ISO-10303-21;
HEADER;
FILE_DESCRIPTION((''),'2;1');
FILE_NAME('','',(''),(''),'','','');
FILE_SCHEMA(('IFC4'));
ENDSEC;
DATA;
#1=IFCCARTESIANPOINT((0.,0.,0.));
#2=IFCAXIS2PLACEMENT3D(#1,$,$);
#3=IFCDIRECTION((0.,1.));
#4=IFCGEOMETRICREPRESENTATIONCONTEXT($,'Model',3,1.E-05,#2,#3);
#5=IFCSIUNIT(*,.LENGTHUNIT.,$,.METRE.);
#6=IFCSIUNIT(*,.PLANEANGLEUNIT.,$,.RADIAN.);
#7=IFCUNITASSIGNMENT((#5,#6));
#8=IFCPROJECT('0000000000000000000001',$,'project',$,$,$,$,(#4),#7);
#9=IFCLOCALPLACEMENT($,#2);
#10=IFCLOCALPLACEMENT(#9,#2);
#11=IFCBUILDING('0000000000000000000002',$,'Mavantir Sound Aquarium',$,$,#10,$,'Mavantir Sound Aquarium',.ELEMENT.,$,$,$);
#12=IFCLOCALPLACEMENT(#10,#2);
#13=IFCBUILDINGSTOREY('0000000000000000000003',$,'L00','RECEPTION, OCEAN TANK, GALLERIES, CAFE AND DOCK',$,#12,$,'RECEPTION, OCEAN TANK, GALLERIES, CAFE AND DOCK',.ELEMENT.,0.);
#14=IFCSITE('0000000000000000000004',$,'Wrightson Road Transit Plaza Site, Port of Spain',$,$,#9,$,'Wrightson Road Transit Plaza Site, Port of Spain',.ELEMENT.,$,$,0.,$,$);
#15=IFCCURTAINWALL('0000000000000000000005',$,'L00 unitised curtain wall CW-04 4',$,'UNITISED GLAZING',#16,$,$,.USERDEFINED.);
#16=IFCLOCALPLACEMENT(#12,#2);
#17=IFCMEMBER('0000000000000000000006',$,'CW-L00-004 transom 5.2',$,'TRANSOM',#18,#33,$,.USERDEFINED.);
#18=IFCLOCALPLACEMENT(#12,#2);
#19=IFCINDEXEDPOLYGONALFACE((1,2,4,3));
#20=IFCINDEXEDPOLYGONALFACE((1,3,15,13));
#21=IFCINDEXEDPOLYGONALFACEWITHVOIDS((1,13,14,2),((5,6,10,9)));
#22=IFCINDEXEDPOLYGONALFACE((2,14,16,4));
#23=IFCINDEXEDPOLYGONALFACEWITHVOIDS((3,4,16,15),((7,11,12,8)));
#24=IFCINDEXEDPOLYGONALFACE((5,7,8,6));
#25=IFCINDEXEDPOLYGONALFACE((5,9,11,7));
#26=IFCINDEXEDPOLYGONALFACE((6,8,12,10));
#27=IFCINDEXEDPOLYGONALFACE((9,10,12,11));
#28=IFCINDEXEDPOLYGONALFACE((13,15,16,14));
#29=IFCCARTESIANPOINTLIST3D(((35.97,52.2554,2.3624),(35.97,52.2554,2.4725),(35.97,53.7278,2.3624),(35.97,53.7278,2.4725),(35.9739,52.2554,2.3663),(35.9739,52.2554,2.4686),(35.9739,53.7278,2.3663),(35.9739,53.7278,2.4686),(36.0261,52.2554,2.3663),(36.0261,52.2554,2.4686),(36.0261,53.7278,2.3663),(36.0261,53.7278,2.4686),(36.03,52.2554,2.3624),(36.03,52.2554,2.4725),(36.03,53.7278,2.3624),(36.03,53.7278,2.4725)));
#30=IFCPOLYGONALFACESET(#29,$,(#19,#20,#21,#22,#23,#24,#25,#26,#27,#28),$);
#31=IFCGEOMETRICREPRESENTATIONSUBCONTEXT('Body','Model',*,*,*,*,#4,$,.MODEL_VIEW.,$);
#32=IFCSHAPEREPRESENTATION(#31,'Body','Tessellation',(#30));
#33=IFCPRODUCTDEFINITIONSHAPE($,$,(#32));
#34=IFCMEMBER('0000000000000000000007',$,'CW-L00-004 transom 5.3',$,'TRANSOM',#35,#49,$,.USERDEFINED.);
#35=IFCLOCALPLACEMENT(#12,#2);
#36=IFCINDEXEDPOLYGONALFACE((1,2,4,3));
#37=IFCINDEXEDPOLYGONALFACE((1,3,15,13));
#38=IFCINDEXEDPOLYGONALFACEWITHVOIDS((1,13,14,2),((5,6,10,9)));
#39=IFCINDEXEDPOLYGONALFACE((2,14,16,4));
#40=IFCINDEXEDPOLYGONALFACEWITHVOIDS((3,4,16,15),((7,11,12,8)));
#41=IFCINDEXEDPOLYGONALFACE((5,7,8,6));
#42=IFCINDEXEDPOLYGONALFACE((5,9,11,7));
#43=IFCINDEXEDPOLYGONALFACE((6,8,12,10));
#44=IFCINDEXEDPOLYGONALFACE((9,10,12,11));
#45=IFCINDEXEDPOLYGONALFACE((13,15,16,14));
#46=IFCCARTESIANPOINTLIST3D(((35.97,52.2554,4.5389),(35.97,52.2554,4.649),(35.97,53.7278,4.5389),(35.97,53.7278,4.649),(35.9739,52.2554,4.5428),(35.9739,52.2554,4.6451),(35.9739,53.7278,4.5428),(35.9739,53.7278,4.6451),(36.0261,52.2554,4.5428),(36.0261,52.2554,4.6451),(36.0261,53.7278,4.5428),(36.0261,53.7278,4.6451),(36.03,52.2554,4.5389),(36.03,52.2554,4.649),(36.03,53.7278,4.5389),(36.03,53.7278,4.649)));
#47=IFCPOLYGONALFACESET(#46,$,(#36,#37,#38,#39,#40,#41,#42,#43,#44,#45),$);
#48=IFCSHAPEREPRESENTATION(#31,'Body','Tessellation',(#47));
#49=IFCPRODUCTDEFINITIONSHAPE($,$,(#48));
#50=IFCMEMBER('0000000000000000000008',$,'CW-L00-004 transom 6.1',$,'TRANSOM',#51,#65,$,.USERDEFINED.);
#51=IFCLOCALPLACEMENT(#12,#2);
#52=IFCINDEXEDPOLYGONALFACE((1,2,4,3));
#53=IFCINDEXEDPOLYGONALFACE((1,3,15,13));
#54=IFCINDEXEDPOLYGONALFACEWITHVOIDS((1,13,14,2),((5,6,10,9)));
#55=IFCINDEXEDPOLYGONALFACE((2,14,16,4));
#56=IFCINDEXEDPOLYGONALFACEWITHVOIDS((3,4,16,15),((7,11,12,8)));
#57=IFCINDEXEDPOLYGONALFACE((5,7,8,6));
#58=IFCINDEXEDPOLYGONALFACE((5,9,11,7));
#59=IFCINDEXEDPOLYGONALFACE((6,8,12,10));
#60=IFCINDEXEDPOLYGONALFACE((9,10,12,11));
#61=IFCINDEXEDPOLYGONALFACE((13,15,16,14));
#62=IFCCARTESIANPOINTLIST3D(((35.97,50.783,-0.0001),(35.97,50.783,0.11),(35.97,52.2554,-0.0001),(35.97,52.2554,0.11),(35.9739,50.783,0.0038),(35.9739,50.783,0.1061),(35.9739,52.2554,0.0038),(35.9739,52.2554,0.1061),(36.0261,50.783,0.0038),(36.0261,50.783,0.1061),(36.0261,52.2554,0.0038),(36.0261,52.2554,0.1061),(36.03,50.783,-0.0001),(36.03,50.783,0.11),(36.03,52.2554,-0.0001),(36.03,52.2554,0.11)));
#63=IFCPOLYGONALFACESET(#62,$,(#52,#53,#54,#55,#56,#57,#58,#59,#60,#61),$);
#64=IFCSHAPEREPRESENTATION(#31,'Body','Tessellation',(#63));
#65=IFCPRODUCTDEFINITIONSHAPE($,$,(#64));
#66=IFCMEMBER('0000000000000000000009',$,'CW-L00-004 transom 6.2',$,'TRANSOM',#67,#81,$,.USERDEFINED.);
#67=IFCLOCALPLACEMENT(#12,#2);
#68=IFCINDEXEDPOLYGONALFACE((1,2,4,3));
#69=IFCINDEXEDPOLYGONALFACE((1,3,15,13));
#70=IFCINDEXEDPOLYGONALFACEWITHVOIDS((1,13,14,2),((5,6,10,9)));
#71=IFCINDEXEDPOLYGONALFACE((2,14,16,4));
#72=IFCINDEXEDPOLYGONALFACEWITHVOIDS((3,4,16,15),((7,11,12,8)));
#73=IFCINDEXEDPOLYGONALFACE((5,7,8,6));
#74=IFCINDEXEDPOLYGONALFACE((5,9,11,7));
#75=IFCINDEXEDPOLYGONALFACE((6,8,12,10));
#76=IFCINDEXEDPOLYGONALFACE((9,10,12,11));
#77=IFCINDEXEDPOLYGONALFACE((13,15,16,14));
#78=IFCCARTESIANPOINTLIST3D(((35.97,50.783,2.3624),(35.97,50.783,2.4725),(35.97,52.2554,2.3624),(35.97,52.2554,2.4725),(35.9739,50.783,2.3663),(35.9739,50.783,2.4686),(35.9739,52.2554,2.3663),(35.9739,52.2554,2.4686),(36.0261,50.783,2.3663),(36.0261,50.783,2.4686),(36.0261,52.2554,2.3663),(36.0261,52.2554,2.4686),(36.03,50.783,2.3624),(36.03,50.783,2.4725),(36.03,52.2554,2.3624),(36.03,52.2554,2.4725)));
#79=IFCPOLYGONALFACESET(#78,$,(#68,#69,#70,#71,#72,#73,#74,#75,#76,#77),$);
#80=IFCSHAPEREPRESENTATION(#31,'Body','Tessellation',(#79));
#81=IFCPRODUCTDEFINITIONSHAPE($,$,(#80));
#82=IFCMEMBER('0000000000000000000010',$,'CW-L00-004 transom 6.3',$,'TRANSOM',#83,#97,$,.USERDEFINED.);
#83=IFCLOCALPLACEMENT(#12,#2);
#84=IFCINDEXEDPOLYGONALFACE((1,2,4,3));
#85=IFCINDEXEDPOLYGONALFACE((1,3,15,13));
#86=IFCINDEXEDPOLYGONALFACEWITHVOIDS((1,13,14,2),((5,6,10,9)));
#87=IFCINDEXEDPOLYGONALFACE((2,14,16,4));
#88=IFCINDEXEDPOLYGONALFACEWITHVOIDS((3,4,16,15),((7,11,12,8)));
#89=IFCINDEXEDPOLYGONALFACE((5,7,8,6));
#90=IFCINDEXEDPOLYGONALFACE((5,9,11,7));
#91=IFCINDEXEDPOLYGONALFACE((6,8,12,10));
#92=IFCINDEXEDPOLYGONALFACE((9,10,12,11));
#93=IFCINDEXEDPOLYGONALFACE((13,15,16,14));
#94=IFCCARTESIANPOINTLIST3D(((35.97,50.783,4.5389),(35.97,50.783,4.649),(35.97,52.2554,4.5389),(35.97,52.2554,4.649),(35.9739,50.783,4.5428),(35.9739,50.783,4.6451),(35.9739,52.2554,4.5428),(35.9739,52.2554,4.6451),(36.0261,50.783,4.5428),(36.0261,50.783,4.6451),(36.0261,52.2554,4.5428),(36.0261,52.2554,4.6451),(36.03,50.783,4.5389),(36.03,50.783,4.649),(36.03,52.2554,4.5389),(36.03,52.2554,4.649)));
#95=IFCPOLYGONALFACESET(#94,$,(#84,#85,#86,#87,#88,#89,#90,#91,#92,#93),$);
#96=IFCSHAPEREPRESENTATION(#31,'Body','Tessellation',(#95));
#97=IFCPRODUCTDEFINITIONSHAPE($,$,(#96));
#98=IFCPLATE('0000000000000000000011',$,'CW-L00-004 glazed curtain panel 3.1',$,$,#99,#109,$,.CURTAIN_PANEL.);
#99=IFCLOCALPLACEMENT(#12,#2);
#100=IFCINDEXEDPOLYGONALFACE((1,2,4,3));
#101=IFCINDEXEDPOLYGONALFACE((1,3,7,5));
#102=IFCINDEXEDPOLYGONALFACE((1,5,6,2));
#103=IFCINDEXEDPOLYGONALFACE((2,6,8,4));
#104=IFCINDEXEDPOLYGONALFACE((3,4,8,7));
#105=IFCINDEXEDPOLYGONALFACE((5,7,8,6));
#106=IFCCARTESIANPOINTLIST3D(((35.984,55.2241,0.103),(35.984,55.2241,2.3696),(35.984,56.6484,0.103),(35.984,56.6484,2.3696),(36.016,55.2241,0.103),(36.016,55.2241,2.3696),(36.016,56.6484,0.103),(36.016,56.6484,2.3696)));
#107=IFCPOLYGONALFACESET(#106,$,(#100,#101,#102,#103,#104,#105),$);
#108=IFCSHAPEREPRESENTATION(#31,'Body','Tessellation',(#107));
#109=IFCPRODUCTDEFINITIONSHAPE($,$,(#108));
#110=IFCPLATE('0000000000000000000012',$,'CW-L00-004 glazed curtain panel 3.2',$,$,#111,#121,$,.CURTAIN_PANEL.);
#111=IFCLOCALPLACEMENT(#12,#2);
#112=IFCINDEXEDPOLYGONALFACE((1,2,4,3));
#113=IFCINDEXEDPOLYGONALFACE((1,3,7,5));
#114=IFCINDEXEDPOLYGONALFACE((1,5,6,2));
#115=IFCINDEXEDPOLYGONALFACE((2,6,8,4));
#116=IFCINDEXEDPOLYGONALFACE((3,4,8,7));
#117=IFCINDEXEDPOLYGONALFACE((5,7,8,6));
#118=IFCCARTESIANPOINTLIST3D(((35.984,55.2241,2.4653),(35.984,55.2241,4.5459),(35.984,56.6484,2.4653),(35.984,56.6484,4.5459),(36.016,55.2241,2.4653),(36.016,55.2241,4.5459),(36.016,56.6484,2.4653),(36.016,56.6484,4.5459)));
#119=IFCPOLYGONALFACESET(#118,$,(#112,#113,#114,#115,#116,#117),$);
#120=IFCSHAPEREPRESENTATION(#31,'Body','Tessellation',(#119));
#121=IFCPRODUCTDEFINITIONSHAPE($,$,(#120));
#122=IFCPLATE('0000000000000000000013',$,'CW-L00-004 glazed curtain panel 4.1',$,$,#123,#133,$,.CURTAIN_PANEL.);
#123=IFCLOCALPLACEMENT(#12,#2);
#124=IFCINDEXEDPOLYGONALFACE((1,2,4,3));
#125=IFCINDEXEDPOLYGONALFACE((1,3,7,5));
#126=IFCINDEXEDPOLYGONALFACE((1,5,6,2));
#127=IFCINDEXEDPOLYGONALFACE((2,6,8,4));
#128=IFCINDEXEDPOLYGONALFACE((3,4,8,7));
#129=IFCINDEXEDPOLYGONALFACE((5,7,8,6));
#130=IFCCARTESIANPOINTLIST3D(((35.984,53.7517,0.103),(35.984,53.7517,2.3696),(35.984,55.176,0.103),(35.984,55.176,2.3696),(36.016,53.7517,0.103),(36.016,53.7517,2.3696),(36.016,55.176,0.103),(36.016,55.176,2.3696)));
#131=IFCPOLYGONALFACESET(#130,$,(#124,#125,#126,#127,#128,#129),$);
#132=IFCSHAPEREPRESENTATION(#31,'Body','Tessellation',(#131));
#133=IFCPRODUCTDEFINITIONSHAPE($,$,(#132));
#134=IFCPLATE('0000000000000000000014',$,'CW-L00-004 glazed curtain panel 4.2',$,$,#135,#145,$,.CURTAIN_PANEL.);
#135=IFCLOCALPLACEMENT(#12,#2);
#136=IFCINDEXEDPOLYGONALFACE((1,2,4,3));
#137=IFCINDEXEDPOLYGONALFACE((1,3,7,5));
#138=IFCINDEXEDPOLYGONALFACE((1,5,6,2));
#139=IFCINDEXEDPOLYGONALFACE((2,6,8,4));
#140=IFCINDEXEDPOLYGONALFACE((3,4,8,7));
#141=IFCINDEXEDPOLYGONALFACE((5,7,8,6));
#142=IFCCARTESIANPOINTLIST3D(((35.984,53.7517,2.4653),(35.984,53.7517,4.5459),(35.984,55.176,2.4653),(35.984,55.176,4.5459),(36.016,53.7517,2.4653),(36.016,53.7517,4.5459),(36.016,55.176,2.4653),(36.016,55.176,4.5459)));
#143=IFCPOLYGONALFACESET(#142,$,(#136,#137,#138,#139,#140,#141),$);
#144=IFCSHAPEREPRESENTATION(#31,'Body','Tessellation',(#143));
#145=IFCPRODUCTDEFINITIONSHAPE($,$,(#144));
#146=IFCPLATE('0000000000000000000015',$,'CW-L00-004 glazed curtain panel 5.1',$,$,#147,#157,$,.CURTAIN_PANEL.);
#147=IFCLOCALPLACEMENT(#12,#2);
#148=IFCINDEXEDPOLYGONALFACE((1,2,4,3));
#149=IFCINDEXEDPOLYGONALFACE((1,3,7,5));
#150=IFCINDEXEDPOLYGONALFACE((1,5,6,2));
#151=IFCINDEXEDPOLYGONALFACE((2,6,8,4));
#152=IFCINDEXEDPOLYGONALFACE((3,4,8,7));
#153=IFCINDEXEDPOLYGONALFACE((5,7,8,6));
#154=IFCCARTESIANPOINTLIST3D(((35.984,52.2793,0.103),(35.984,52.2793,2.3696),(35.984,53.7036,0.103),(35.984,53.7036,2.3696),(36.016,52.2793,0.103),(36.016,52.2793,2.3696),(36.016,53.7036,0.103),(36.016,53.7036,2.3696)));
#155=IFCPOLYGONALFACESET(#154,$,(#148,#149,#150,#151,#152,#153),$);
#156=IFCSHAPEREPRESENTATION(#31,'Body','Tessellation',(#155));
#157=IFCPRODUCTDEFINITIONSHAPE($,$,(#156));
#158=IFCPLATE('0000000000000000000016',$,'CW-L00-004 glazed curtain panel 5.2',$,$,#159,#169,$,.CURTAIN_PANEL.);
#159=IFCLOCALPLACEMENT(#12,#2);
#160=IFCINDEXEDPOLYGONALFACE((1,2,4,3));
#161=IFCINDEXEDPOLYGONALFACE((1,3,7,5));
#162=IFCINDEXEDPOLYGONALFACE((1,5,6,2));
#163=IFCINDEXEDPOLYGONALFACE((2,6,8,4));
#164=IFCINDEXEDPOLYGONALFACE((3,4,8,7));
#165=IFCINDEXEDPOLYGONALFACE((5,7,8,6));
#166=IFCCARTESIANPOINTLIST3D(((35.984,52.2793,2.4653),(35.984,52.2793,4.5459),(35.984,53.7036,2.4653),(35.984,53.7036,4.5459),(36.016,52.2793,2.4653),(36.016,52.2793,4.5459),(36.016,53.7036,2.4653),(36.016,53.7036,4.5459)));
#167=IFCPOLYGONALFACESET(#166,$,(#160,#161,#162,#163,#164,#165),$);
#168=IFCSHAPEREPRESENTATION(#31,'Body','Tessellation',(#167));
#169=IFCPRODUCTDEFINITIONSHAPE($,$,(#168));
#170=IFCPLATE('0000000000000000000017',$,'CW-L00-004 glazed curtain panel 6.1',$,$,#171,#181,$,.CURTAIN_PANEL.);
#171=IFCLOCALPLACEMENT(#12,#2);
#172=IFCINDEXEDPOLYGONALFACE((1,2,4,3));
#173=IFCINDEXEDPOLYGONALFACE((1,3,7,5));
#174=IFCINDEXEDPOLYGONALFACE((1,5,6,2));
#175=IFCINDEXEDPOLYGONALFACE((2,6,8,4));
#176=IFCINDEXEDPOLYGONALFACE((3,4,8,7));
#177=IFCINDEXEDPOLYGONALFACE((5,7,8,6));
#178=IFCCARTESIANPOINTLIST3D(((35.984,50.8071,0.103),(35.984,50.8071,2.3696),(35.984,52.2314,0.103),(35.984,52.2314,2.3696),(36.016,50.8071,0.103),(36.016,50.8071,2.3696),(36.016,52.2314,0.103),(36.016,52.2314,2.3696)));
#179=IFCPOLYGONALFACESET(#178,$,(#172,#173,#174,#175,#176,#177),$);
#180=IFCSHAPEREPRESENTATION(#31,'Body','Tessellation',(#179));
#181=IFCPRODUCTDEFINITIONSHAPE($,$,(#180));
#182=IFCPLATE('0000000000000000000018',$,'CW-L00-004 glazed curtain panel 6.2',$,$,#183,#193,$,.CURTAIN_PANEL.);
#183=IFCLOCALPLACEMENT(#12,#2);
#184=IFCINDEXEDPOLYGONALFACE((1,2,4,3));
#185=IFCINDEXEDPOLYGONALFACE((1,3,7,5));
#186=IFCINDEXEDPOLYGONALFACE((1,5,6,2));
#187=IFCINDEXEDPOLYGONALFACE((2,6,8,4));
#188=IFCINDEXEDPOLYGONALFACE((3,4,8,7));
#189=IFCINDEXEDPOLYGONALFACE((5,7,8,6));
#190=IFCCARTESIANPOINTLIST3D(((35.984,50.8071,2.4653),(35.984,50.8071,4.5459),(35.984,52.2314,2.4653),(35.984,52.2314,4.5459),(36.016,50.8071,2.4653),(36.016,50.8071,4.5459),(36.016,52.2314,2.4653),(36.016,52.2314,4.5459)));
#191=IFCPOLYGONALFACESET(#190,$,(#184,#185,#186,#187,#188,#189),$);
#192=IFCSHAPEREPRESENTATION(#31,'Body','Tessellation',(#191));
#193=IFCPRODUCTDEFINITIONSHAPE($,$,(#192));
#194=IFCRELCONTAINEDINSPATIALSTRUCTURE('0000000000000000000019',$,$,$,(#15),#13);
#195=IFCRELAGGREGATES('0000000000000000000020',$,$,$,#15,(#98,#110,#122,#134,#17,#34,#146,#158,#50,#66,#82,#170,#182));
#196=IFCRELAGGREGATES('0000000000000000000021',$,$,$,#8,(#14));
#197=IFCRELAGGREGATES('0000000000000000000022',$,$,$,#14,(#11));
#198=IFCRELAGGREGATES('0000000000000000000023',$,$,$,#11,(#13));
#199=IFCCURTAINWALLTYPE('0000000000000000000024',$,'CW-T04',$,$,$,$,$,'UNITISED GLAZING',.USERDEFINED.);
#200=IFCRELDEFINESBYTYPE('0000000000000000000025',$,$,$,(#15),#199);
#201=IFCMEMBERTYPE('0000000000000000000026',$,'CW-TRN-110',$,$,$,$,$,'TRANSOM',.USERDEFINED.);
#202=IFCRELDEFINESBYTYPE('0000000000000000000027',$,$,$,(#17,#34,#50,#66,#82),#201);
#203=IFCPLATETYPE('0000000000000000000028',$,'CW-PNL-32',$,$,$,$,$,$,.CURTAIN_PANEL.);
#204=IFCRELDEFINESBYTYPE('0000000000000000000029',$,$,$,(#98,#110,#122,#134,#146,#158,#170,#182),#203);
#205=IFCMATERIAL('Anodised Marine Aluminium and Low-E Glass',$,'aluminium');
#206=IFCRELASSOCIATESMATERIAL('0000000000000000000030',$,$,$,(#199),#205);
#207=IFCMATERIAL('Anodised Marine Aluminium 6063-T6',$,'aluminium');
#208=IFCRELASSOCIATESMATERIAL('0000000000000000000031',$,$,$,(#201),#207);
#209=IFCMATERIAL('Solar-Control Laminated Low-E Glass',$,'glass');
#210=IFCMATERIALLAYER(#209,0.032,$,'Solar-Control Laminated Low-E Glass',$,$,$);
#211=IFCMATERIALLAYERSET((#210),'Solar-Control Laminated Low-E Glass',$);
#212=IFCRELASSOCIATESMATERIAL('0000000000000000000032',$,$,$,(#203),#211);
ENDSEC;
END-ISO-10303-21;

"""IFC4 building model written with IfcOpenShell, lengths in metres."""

from ifc_helpers import new_model, si_unit, direction, frame, origin, origin_2d, place, context, subcontext, project, spatial, rectangle, hollow_rectangle, extrude, material, layer, layer_set, material_profile, profile_set, type_object, element, aggregate, save


model = new_model("IFC4")

# Units and contexts
model_context = context("Model", 3, precision=1e-05, world=origin(), true_north=direction((0.0, 1.0)))
body_context = subcontext(model_context, "Body", "Model", "MODEL_VIEW")
ifc_project = project(units=[si_unit("LENGTHUNIT", "METRE"), si_unit("PLANEANGLEUNIT", "RADIAN")], contexts=[model_context])

# Site, building, storey
site_placement = place(None, origin())
site = spatial("IfcSite", under=ifc_project, at=site_placement, Name="Wrightson Road Transit Plaza Site, Port of Spain", LongName="Wrightson Road Transit Plaza Site, Port of Spain", CompositionType="ELEMENT", RefElevation=0.0)
building_placement = place(site_placement, origin())
building = spatial("IfcBuilding", under=site, at=building_placement, Name="Mavantir Sound Aquarium", LongName="Mavantir Sound Aquarium", CompositionType="ELEMENT")
storey_placement = place(building_placement, origin())
storey = spatial("IfcBuildingStorey", under=building, at=storey_placement, Name="L00", Description="RECEPTION, OCEAN TANK, GALLERIES, CAFE AND DOCK", LongName="RECEPTION, OCEAN TANK, GALLERIES, CAFE AND DOCK", CompositionType="ELEMENT", Elevation=0.0)

# Curtain wall, members, plates
ifc_material_1 = material(Name="Anodised Marine Aluminium and Low-E Glass", Category="aluminium")
curtain_wall_type = type_object("IfcCurtainWallType", Name="CW-T04", ElementType="UNITISED GLAZING", PredefinedType="USERDEFINED", material=ifc_material_1)
curtain_wall_placement = place(storey_placement, origin())
curtain_wall = element("IfcCurtainWall", 1, at=curtain_wall_placement, inside=storey, type_object=curtain_wall_type, Name="L00 unitised curtain wall CW-04 4", ObjectType="UNITISED GLAZING", PredefinedType="USERDEFINED")
ifc_material_2 = material(Name="Anodised Marine Aluminium 6063-T6", Category="aluminium")
ifc_material_profile_1 = material_profile(ifc_material_2, hollow_rectangle(XDim=0.0601, YDim=0.1101, WallThickness=0.0039, at=origin_2d()), Name="ALU-TRANSOM-110X60")
ifc_profile_set_1 = profile_set([ifc_material_profile_1], Name="Anodised Marine Aluminium 6063-T6")
member_type_1 = type_object("IfcMemberType", Name="CW-TRN-110", ElementType="TRANSOM", PredefinedType="USERDEFINED", material=ifc_profile_set_1)
member_1_placement = place(storey_placement, frame((36.0, 53.7278, 2.4175), z_axis=(0.0, -1.0, 0.0), x_axis=(1.0, 0.0, 0.0)))
member_1 = element("IfcMember", 2, at=member_1_placement, type_object=member_type_1, Name="CW-L00-004 transom 5.2", ObjectType="TRANSOM", PredefinedType="USERDEFINED", context=body_context, shape_type="SweptSolid", body=[
    extrude(hollow_rectangle(XDim=0.0601, YDim=0.1101, WallThickness=0.0039, at=origin_2d()), origin(), (0.0, 0.0, 1.0), 1.4724),
])
member_2_placement = place(storey_placement, frame((36.0, 53.7278, 4.594), z_axis=(0.0, -1.0, 0.0), x_axis=(1.0, 0.0, 0.0)))
member_2 = element("IfcMember", 3, at=member_2_placement, type_object=member_type_1, Name="CW-L00-004 transom 5.3", ObjectType="TRANSOM", PredefinedType="USERDEFINED", context=body_context, shape_type="SweptSolid", body=[
    extrude(hollow_rectangle(XDim=0.0601, YDim=0.1101, WallThickness=0.0039, at=origin_2d()), origin(), (0.0, 0.0, 1.0), 1.4724),
])
member_3_placement = place(storey_placement, frame((36.0, 52.2554, 0.0549), z_axis=(0.0, -1.0, 0.0), x_axis=(1.0, 0.0, 0.0)))
member_3 = element("IfcMember", 4, at=member_3_placement, type_object=member_type_1, Name="CW-L00-004 transom 6.1", ObjectType="TRANSOM", PredefinedType="USERDEFINED", context=body_context, shape_type="SweptSolid", body=[
    extrude(hollow_rectangle(XDim=0.0601, YDim=0.1101, WallThickness=0.0039, at=origin_2d()), origin(), (0.0, 0.0, 1.0), 1.4724),
])
member_4_placement = place(storey_placement, frame((36.0, 52.2554, 2.4175), z_axis=(0.0, -1.0, 0.0), x_axis=(1.0, 0.0, 0.0)))
member_4 = element("IfcMember", 5, at=member_4_placement, type_object=member_type_1, Name="CW-L00-004 transom 6.2", ObjectType="TRANSOM", PredefinedType="USERDEFINED", context=body_context, shape_type="SweptSolid", body=[
    extrude(hollow_rectangle(XDim=0.0601, YDim=0.1101, WallThickness=0.0039, at=origin_2d()), origin(), (0.0, 0.0, 1.0), 1.4724),
])
member_5_placement = place(storey_placement, frame((36.0, 52.2554, 4.594), z_axis=(0.0, -1.0, 0.0), x_axis=(1.0, 0.0, 0.0)))
member_5 = element("IfcMember", 6, at=member_5_placement, type_object=member_type_1, Name="CW-L00-004 transom 6.3", ObjectType="TRANSOM", PredefinedType="USERDEFINED", context=body_context, shape_type="SweptSolid", body=[
    extrude(hollow_rectangle(XDim=0.0601, YDim=0.1101, WallThickness=0.0039, at=origin_2d()), origin(), (0.0, 0.0, 1.0), 1.4724),
])
ifc_material_3 = material(Name="Solar-Control Laminated Low-E Glass", Category="glass")
ifc_layer_1 = layer(ifc_material_3, 0.032, Name="Solar-Control Laminated Low-E Glass")
ifc_layer_set_1 = layer_set([ifc_layer_1], Name="Solar-Control Laminated Low-E Glass")
plate_type = type_object("IfcPlateType", Name="CW-PNL-32", PredefinedType="CURTAIN_PANEL", material=ifc_layer_set_1)
plate_1_placement = place(storey_placement, frame((36.0, 55.9363, 0.103), z_axis=(0.0, 0.0, 1.0), x_axis=(0.0, -1.0, 0.0)))
plate_1 = element("IfcPlate", 7, at=plate_1_placement, type_object=plate_type, Name="CW-L00-004 glazed curtain panel 3.1", PredefinedType="CURTAIN_PANEL", context=body_context, shape_type="SweptSolid", body=[
    extrude(rectangle(XDim=1.4243, YDim=0.032, at=origin_2d()), origin(), (0.0, 0.0, 1.0), 2.2666),
])
plate_2_placement = place(storey_placement, frame((36.0, 55.9363, 2.4653), z_axis=(0.0, 0.0, 1.0), x_axis=(0.0, -1.0, 0.0)))
plate_2 = element("IfcPlate", 8, at=plate_2_placement, type_object=plate_type, Name="CW-L00-004 glazed curtain panel 3.2", PredefinedType="CURTAIN_PANEL", context=body_context, shape_type="SweptSolid", body=[
    extrude(rectangle(XDim=1.4243, YDim=0.032, at=origin_2d()), origin(), (0.0, 0.0, 1.0), 2.0806),
])
plate_3_placement = place(storey_placement, frame((36.0, 54.4639, 0.103), z_axis=(0.0, 0.0, 1.0), x_axis=(0.0, -1.0, 0.0)))
plate_3 = element("IfcPlate", 9, at=plate_3_placement, type_object=plate_type, Name="CW-L00-004 glazed curtain panel 4.1", PredefinedType="CURTAIN_PANEL", context=body_context, shape_type="SweptSolid", body=[
    extrude(rectangle(XDim=1.4243, YDim=0.032, at=origin_2d()), origin(), (0.0, 0.0, 1.0), 2.2666),
])
plate_4_placement = place(storey_placement, frame((36.0, 54.4639, 2.4653), z_axis=(0.0, 0.0, 1.0), x_axis=(0.0, -1.0, 0.0)))
plate_4 = element("IfcPlate", 10, at=plate_4_placement, type_object=plate_type, Name="CW-L00-004 glazed curtain panel 4.2", PredefinedType="CURTAIN_PANEL", context=body_context, shape_type="SweptSolid", body=[
    extrude(rectangle(XDim=1.4243, YDim=0.032, at=origin_2d()), origin(), (0.0, 0.0, 1.0), 2.0806),
])
plate_5_placement = place(storey_placement, frame((36.0, 52.9915, 0.103), z_axis=(0.0, 0.0, 1.0), x_axis=(0.0, -1.0, 0.0)))
plate_5 = element("IfcPlate", 11, at=plate_5_placement, type_object=plate_type, Name="CW-L00-004 glazed curtain panel 5.1", PredefinedType="CURTAIN_PANEL", context=body_context, shape_type="SweptSolid", body=[
    extrude(rectangle(XDim=1.4243, YDim=0.032, at=origin_2d()), origin(), (0.0, 0.0, 1.0), 2.2666),
])
plate_6_placement = place(storey_placement, frame((36.0, 52.9915, 2.4653), z_axis=(0.0, 0.0, 1.0), x_axis=(0.0, -1.0, 0.0)))
plate_6 = element("IfcPlate", 12, at=plate_6_placement, type_object=plate_type, Name="CW-L00-004 glazed curtain panel 5.2", PredefinedType="CURTAIN_PANEL", context=body_context, shape_type="SweptSolid", body=[
    extrude(rectangle(XDim=1.4243, YDim=0.032, at=origin_2d()), origin(), (0.0, 0.0, 1.0), 2.0806),
])
plate_7_placement = place(storey_placement, frame((36.0, 51.5193, 0.103), z_axis=(0.0, 0.0, 1.0), x_axis=(0.0, -1.0, 0.0)))
plate_7 = element("IfcPlate", 13, at=plate_7_placement, type_object=plate_type, Name="CW-L00-004 glazed curtain panel 6.1", PredefinedType="CURTAIN_PANEL", context=body_context, shape_type="SweptSolid", body=[
    extrude(rectangle(XDim=1.4243, YDim=0.032, at=origin_2d()), origin(), (0.0, 0.0, 1.0), 2.2666),
])
plate_8_placement = place(storey_placement, frame((36.0, 51.5193, 2.4653), z_axis=(0.0, 0.0, 1.0), x_axis=(0.0, -1.0, 0.0)))
plate_8 = element("IfcPlate", 14, at=plate_8_placement, type_object=plate_type, Name="CW-L00-004 glazed curtain panel 6.2", PredefinedType="CURTAIN_PANEL", context=body_context, shape_type="SweptSolid", body=[
    extrude(rectangle(XDim=1.4243, YDim=0.032, at=origin_2d()), origin(), (0.0, 0.0, 1.0), 2.0806),
])
aggregate(curtain_wall, [plate_1, plate_2, plate_3, plate_4, member_1, member_2, plate_5, plate_6, member_3, member_4, member_5, plate_7, plate_8])

save(model, "model.ifc")
